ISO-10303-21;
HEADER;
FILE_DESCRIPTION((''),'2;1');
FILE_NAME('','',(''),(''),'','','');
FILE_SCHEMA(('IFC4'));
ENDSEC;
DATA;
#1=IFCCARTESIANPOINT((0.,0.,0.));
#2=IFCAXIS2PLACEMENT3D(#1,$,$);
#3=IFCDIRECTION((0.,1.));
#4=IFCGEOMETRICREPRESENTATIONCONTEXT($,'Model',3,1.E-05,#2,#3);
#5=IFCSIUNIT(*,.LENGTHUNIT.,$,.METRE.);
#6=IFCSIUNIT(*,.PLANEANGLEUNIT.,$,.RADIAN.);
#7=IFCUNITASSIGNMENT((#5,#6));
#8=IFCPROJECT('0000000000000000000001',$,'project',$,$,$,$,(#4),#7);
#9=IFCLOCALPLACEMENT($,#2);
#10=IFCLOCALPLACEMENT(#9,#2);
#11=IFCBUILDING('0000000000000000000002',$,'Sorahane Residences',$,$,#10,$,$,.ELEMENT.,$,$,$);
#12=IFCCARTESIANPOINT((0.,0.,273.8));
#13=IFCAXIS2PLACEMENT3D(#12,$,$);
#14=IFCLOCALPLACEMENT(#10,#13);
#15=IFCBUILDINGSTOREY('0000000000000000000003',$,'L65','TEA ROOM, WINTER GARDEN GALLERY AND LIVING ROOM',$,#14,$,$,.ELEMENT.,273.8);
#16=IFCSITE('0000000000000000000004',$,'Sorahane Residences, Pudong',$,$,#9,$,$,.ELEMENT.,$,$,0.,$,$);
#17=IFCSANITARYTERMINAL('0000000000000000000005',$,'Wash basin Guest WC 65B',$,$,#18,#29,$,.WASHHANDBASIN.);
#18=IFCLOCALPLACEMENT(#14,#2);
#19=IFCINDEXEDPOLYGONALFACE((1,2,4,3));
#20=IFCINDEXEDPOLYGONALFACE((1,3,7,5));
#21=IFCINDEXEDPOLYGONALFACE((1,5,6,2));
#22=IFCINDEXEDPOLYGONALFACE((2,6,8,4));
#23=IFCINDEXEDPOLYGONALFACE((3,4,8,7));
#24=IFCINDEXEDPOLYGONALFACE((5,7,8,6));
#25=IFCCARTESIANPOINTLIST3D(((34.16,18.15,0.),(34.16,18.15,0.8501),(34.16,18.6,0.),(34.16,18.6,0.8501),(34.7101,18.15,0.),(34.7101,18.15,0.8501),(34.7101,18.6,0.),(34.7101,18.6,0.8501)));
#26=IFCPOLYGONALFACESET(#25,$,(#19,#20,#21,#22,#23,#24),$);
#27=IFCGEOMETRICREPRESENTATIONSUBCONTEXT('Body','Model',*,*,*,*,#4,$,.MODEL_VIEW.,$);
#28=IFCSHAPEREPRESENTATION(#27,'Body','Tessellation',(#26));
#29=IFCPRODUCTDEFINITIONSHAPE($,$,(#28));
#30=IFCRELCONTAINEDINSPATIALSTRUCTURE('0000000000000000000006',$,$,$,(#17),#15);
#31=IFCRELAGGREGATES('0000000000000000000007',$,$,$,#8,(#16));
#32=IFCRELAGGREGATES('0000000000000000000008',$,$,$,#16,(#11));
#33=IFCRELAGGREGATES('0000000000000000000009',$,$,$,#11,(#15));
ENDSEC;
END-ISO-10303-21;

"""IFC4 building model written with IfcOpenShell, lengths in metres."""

from ifc_helpers import new_model, si_unit, direction, frame, origin, origin_2d, place, context, subcontext, project, spatial, rectangle, extrude, element, save


model = new_model("IFC4")

# Units and contexts
model_context = context("Model", 3, precision=1e-05, world=origin(), true_north=direction((0.0, 1.0)))
body_context = subcontext(model_context, "Body", "Model", "MODEL_VIEW")
ifc_project = project(units=[si_unit("LENGTHUNIT", "METRE"), si_unit("PLANEANGLEUNIT", "RADIAN")], contexts=[model_context])

# Site, building, storey
site_placement = place(None, origin())
site = spatial("IfcSite", under=ifc_project, at=site_placement, Name="Sorahane Residences, Pudong", CompositionType="ELEMENT", RefElevation=0.0)
building_placement = place(site_placement, origin())
building = spatial("IfcBuilding", under=site, at=building_placement, Name="Sorahane Residences", CompositionType="ELEMENT")
storey_placement = place(building_placement, frame((0.0, 0.0, 273.8)))
storey = spatial("IfcBuildingStorey", under=building, at=storey_placement, Name="L65", Description="TEA ROOM, WINTER GARDEN GALLERY AND LIVING ROOM", CompositionType="ELEMENT", Elevation=273.8)

# Sanitary terminal
sanitary_terminal_1_placement = place(storey_placement, frame((34.4351, 18.375, 0.0), z_axis=(0.0, 0.0, 1.0), x_axis=(1.0, 0.0, 0.0)))
element("IfcSanitaryTerminal", 1, at=sanitary_terminal_1_placement, inside=storey, Name="Wash basin Guest WC 65B", PredefinedType="WASHHANDBASIN", context=body_context, shape_type="SweptSolid", body=[
    extrude(rectangle(XDim=0.55, YDim=0.45, at=origin_2d()), origin(), (0.0, 0.0, 1.0), 0.8501),
])

save(model, "model.ifc")
